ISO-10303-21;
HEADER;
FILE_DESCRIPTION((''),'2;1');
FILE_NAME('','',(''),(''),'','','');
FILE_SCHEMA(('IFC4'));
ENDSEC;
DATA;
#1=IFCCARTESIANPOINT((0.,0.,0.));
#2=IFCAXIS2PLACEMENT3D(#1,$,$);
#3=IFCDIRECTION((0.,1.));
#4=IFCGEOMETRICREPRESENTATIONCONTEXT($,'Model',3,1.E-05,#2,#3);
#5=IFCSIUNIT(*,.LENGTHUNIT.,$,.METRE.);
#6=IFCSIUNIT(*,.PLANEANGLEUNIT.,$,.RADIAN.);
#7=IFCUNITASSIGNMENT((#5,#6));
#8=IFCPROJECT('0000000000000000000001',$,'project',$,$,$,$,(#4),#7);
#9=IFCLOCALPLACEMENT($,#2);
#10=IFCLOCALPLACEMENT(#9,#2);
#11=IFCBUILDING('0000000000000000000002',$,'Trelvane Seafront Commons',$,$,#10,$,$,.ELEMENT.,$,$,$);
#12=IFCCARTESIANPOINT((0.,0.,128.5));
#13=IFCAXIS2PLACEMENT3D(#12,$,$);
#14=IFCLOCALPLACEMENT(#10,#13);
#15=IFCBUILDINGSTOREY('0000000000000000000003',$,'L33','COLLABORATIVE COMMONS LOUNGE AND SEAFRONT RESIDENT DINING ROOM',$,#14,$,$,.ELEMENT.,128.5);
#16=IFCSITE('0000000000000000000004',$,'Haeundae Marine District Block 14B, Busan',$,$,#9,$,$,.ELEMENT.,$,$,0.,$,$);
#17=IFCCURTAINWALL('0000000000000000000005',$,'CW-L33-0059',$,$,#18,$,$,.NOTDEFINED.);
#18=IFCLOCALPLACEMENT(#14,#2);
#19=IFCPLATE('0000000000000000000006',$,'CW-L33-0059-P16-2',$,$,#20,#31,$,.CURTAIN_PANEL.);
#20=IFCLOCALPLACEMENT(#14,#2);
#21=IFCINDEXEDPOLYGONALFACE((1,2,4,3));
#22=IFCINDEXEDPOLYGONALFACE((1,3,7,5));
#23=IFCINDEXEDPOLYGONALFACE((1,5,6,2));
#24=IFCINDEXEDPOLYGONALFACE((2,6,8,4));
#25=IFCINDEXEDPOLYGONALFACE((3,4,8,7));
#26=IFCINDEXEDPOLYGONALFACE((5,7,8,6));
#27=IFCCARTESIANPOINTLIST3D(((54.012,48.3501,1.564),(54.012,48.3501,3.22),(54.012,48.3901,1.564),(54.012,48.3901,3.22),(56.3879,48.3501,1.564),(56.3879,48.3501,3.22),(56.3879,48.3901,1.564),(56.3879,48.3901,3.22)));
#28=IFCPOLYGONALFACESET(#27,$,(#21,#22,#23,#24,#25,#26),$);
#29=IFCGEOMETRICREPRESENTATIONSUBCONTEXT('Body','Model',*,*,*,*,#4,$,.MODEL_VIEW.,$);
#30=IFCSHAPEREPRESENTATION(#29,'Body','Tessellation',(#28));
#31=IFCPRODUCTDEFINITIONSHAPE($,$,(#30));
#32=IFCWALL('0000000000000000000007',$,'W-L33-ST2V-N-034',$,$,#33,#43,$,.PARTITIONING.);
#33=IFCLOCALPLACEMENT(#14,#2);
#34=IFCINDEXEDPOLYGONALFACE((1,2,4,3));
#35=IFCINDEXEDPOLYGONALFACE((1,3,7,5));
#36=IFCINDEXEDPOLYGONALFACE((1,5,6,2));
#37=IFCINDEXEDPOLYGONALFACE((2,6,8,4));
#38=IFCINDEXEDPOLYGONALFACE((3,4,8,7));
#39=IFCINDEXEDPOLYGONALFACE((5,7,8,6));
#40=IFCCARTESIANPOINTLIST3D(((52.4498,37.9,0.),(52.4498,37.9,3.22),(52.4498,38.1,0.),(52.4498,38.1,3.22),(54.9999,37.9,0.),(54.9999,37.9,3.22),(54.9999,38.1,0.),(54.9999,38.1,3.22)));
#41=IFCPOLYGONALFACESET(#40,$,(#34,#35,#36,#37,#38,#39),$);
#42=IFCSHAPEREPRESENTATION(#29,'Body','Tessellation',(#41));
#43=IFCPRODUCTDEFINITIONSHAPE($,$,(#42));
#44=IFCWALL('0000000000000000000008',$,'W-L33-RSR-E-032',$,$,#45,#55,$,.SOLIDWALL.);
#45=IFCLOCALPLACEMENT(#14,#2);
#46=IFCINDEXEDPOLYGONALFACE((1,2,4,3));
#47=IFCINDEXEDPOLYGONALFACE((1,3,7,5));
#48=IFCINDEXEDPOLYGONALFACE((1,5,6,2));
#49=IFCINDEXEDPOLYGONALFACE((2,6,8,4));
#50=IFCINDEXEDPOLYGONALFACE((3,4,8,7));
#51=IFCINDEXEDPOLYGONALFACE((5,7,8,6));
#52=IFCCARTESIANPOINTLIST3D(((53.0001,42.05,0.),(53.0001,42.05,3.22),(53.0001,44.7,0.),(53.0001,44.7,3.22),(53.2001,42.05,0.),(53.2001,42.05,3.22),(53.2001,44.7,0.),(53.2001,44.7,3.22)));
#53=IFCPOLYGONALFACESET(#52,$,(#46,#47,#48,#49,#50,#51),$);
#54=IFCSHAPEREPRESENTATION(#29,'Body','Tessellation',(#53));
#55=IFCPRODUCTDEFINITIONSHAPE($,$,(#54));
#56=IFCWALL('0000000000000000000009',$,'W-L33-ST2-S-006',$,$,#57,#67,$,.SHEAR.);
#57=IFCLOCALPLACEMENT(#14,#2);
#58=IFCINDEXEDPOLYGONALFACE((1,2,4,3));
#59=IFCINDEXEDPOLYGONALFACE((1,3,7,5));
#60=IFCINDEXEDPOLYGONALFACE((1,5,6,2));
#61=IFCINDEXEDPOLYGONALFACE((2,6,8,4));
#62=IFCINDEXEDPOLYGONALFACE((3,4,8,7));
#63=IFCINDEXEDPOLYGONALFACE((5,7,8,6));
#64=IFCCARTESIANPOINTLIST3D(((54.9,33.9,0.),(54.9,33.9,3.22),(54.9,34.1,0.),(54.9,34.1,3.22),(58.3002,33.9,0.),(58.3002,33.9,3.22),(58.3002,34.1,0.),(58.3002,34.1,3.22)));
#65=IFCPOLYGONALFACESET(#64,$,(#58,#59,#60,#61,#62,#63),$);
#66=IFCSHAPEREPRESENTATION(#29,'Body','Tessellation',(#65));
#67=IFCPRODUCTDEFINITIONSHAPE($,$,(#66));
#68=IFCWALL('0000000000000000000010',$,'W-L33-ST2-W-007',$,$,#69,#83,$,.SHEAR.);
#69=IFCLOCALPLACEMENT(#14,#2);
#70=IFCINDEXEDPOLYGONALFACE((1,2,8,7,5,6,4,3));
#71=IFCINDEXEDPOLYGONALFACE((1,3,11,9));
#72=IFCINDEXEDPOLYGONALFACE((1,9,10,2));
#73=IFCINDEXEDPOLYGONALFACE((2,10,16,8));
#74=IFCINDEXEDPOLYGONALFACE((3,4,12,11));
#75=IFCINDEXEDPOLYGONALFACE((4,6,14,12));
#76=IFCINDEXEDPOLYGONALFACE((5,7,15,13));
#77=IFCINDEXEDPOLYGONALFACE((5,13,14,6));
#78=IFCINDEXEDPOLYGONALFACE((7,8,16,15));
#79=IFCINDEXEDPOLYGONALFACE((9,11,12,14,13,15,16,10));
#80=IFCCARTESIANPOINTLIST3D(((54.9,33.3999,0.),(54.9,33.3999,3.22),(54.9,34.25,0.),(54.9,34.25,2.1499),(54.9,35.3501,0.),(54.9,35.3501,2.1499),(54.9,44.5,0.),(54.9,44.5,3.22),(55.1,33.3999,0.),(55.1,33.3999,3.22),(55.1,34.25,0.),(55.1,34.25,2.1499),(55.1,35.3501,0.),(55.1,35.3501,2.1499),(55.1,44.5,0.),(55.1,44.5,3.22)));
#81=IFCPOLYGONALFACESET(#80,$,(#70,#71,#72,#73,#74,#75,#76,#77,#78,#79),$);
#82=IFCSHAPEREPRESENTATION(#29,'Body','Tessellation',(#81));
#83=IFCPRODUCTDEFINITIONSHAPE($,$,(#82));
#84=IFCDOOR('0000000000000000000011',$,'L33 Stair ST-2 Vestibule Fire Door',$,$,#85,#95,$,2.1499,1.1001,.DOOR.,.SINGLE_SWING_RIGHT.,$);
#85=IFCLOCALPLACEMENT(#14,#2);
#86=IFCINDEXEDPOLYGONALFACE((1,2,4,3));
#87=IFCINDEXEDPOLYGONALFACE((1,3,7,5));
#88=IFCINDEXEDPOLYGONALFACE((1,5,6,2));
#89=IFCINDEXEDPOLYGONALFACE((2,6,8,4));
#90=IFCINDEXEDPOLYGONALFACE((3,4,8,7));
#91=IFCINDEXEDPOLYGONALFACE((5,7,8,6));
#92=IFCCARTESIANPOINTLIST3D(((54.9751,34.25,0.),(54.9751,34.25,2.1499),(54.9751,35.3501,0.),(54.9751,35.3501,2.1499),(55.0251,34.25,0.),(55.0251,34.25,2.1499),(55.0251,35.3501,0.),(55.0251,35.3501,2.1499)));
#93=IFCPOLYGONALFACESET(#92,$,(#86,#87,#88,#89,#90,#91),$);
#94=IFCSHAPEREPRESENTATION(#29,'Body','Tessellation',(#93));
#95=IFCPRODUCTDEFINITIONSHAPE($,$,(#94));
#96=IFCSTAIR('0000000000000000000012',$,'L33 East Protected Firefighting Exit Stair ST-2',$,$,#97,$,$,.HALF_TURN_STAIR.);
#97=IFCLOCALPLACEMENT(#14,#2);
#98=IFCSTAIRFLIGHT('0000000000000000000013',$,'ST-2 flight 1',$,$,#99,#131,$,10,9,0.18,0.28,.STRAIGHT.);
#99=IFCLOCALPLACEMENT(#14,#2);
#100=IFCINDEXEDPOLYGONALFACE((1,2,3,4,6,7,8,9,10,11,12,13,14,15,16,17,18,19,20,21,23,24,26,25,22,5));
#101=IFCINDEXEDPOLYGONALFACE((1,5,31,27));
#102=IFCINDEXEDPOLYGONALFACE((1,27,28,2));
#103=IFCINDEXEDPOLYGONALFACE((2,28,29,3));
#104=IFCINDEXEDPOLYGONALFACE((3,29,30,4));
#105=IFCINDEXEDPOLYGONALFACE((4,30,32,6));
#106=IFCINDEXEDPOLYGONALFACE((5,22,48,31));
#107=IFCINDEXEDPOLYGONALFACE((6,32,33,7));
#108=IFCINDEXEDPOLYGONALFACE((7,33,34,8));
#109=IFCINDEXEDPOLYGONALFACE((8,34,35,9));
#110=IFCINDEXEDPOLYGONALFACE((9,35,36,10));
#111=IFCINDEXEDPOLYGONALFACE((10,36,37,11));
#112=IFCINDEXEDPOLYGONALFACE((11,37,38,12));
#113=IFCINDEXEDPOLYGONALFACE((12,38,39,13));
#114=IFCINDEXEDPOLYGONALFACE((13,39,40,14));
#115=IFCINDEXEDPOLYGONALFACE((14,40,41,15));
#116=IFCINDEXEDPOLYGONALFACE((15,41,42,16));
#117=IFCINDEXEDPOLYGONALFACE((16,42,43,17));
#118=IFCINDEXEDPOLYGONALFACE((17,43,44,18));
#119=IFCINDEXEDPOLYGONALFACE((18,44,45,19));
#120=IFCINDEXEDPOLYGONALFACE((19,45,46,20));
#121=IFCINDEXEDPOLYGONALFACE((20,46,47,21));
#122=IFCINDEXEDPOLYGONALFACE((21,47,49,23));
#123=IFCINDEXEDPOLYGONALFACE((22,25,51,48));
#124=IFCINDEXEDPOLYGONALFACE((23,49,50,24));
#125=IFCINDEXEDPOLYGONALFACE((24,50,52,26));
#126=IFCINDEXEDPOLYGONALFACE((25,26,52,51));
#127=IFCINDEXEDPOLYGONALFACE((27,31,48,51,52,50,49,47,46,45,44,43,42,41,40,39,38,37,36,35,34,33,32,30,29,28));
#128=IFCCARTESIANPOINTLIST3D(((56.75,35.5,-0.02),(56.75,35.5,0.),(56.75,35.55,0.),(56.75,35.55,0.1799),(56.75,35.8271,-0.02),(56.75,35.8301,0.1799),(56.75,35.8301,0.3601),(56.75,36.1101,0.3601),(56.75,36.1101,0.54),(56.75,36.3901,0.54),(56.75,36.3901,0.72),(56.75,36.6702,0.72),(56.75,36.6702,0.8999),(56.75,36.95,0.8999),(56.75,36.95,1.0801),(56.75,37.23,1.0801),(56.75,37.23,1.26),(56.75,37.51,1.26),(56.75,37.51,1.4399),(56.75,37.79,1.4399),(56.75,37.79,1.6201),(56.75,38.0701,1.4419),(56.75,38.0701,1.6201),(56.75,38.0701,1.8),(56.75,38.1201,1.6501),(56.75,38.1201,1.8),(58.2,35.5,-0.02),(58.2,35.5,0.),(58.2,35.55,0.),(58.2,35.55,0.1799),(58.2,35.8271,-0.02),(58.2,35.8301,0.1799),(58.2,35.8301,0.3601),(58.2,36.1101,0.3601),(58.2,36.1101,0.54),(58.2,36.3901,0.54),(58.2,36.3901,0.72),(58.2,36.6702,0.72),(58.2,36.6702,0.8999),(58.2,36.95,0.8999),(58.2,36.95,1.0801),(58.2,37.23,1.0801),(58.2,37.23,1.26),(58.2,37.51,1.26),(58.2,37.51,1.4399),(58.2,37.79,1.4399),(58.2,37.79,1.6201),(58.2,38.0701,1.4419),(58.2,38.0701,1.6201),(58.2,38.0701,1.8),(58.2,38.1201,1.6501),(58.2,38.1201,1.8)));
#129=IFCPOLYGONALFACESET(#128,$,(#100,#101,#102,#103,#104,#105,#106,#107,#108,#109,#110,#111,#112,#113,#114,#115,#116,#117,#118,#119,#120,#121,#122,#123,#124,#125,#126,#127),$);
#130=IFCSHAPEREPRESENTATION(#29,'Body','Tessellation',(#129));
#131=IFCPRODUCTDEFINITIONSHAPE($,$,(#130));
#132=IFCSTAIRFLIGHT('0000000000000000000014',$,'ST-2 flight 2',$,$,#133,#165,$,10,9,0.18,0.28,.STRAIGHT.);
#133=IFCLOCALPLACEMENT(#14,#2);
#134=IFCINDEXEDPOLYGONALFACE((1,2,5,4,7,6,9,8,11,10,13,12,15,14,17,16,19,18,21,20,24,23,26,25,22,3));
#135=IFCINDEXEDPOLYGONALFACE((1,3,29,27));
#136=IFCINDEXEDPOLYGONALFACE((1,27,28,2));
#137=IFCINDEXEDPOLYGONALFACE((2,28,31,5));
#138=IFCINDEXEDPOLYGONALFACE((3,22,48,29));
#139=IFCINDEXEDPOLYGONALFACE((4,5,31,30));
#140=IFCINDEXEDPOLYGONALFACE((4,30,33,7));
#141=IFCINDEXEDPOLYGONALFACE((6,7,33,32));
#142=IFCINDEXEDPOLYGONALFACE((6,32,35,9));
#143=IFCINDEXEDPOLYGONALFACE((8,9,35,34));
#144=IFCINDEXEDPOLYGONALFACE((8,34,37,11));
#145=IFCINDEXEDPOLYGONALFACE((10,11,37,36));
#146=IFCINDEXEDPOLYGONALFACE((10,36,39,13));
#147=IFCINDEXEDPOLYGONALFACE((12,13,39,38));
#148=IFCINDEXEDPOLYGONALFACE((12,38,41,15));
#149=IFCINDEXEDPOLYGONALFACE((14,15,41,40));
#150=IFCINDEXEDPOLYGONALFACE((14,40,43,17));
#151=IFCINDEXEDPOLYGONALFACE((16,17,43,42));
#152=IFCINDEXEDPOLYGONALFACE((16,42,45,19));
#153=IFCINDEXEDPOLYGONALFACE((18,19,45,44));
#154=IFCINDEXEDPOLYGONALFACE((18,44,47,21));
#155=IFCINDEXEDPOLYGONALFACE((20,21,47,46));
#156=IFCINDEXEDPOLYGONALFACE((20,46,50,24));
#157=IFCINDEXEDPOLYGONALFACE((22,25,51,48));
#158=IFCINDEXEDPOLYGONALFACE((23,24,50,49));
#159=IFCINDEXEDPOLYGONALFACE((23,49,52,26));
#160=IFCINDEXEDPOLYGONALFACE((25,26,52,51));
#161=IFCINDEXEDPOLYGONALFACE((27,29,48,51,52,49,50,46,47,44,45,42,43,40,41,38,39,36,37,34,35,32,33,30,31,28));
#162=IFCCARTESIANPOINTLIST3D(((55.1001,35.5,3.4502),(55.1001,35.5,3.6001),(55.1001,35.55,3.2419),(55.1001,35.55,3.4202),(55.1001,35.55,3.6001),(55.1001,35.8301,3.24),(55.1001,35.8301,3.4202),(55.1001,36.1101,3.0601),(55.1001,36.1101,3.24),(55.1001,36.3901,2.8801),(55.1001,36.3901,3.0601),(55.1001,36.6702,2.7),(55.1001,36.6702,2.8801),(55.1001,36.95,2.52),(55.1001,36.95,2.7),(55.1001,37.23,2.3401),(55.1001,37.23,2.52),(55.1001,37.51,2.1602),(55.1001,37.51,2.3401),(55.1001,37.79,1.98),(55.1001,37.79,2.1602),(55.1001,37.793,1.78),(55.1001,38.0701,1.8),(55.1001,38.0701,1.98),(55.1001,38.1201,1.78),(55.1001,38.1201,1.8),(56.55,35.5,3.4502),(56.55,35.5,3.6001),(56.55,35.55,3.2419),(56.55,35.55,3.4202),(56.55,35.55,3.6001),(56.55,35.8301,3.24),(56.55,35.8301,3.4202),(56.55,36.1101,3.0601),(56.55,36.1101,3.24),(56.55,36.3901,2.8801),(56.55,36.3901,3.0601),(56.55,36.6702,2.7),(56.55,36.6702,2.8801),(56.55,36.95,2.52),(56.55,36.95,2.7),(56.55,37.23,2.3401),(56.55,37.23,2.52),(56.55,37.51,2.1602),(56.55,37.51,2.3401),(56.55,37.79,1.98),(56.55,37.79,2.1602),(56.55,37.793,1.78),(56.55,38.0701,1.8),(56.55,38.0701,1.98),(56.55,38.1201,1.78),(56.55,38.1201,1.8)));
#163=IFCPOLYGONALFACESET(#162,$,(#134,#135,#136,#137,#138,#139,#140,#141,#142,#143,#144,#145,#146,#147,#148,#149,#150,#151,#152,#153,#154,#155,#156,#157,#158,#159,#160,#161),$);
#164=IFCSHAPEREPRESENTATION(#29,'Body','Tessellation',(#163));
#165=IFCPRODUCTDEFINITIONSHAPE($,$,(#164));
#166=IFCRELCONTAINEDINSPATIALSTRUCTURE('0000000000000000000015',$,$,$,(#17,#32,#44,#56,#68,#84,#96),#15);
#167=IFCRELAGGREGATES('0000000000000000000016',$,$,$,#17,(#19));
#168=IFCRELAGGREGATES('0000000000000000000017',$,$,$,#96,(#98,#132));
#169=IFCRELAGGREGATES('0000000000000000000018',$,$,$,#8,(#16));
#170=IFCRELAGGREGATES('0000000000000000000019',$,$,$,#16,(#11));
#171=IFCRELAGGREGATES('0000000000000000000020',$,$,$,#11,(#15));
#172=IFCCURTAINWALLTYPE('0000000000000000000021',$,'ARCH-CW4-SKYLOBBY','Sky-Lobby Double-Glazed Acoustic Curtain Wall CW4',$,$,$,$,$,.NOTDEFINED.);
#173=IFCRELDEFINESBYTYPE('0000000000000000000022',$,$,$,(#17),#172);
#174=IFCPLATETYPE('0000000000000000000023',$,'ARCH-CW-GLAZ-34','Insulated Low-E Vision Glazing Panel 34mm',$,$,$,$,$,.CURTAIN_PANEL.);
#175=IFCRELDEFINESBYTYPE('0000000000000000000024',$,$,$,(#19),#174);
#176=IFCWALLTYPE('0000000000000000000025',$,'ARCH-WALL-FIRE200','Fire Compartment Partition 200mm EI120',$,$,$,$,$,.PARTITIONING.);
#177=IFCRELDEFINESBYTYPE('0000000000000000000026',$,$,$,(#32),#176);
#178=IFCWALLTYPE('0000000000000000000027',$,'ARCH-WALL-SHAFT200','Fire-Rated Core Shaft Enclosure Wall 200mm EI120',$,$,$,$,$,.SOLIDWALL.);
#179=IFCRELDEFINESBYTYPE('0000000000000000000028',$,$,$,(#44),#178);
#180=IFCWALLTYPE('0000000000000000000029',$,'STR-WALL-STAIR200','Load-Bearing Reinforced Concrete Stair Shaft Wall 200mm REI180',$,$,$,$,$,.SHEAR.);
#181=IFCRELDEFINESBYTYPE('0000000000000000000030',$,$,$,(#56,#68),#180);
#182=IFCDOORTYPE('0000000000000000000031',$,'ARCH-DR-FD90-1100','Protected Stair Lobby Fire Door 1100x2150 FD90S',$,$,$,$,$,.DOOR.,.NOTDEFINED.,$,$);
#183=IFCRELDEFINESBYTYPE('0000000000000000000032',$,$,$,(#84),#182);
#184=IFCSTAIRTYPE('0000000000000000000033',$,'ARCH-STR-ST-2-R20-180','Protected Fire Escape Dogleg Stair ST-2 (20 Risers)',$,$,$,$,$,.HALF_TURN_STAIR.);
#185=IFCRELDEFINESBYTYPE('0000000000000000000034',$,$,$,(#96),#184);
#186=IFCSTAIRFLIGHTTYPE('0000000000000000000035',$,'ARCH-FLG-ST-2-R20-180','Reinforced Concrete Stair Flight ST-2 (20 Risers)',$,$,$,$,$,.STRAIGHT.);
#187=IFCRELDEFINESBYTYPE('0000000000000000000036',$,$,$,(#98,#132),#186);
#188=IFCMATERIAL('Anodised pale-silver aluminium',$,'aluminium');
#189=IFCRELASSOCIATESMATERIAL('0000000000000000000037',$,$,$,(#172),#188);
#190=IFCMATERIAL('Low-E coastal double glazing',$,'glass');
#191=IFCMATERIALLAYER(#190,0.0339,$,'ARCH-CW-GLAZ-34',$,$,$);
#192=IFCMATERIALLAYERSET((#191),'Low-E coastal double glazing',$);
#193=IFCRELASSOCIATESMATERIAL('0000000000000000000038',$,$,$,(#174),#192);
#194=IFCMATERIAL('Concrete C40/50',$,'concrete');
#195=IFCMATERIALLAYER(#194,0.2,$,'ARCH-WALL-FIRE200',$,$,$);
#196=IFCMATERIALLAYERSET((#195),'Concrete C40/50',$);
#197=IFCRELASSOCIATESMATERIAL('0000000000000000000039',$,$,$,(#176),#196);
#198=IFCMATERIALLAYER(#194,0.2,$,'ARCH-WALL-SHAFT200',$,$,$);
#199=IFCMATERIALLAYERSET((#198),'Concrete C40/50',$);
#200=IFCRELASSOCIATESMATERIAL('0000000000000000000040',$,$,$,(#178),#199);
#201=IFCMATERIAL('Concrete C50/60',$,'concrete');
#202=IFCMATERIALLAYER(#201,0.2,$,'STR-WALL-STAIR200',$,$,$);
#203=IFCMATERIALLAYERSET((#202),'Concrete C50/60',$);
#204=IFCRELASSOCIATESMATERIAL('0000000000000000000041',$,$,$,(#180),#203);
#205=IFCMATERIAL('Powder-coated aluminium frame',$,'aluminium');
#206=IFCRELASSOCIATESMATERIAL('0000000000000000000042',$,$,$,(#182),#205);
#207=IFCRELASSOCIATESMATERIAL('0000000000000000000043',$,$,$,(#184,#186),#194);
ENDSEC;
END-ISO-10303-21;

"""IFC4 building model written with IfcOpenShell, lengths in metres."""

from ifc_helpers import new_model, si_unit, direction, frame, frame_2d, origin, origin_2d, place, context, subcontext, project, spatial, polyline, rectangle, outline, extrude, source, transform, mapped, material, layer, layer_set, type_object, element, fill, aggregate, save


model = new_model("IFC4")

# Units and contexts
model_context = context("Model", 3, precision=1e-05, world=origin(), true_north=direction((0.0, 1.0)))
body_context = subcontext(model_context, "Body", "Model", "MODEL_VIEW")
ifc_project = project(units=[si_unit("LENGTHUNIT", "METRE"), si_unit("PLANEANGLEUNIT", "RADIAN")], contexts=[model_context])

# Site, building, storey
site_placement = place(None, origin())
site = spatial("IfcSite", under=ifc_project, at=site_placement, Name="Haeundae Marine District Block 14B, Busan", CompositionType="ELEMENT", RefElevation=0.0)
building_placement = place(site_placement, origin())
building = spatial("IfcBuilding", under=site, at=building_placement, Name="Trelvane Seafront Commons", CompositionType="ELEMENT")
storey_placement = place(building_placement, frame((0.0, 0.0, 128.5)))
storey = spatial("IfcBuildingStorey", under=building, at=storey_placement, Name="L33", Description="COLLABORATIVE COMMONS LOUNGE AND SEAFRONT RESIDENT DINING ROOM", CompositionType="ELEMENT", Elevation=128.5)

# Curtain wall
ifc_material_1 = material(Name="Anodised pale-silver aluminium", Category="aluminium")
curtain_wall_type = type_object("IfcCurtainWallType", Name="ARCH-CW4-SKYLOBBY", Description="Sky-Lobby Double-Glazed Acoustic Curtain Wall CW4", PredefinedType="NOTDEFINED", material=ifc_material_1)
curtain_wall_placement = place(storey_placement, origin())
curtain_wall = element("IfcCurtainWall", 1, at=curtain_wall_placement, inside=storey, type_object=curtain_wall_type, Name="CW-L33-0059", PredefinedType="NOTDEFINED")

# Plate
ifc_material_2 = material(Name="Low-E coastal double glazing", Category="glass")
ifc_layer_1 = layer(ifc_material_2, 0.0339, Name="ARCH-CW-GLAZ-34")
ifc_layer_set_1 = layer_set([ifc_layer_1], Name="Low-E coastal double glazing")
plate_type_1 = type_object("IfcPlateType", Name="ARCH-CW-GLAZ-34", Description="Insulated Low-E Vision Glazing Panel 34mm", PredefinedType="CURTAIN_PANEL", material=ifc_layer_set_1)
shared_shape_1 = source(origin(), body_context, "Body", "SweptSolid", [
    extrude(rectangle(XDim=2.376, YDim=0.04, at=origin_2d()), origin(), (0.0, 0.0, 1.0), 1.656),
])
plate_1_placement = place(storey_placement, frame((55.2, 48.3701, 1.564), z_axis=(0.0, 0.0, 1.0), x_axis=(1.0, 0.0, 0.0)))
plate_1 = element("IfcPlate", 2, at=plate_1_placement, type_object=plate_type_1, Name="CW-L33-0059-P16-2", PredefinedType="CURTAIN_PANEL", context=body_context, shape_type="MappedRepresentation", body=[
    mapped(shared_shape_1, transform((0.0, 0.0, 0.0), x_axis=(1.0, 0.0, 0.0), y_axis=(0.0, 1.0, 0.0), z_axis=(0.0, 0.0, 1.0), scale=1.0)),
])
aggregate(curtain_wall, [plate_1])

# Walls
ifc_material_3 = material(Name="Concrete C40/50", Category="concrete")
ifc_layer_2 = layer(ifc_material_3, 0.2, Name="ARCH-WALL-FIRE200")
ifc_layer_set_2 = layer_set([ifc_layer_2], Name="Concrete C40/50")
wall_type_1 = type_object("IfcWallType", Name="ARCH-WALL-FIRE200", Description="Fire Compartment Partition 200mm EI120", PredefinedType="PARTITIONING", material=ifc_layer_set_2)
wall_1_placement = place(storey_placement, frame((52.45, 38.0, 0.0), z_axis=(0.0, 0.0, 1.0), x_axis=(1.0, 0.0, 0.0)))
element("IfcWall", 3, at=wall_1_placement, inside=storey, type_object=wall_type_1, Name="W-L33-ST2V-N-034", PredefinedType="PARTITIONING", context=body_context, shape_type="SweptSolid", body=[
    extrude(rectangle(XDim=2.55, YDim=0.2, at=frame_2d((1.2749, 0.0))), origin(), (0.0, 0.0, 1.0), 3.22),
])
ifc_layer_3 = layer(ifc_material_3, 0.2, Name="ARCH-WALL-SHAFT200")
ifc_layer_set_3 = layer_set([ifc_layer_3], Name="Concrete C40/50")
wall_type_2 = type_object("IfcWallType", Name="ARCH-WALL-SHAFT200", Description="Fire-Rated Core Shaft Enclosure Wall 200mm EI120", PredefinedType="SOLIDWALL", material=ifc_layer_set_3)
wall_2_placement = place(storey_placement, frame((53.1001, 42.05, 0.0), z_axis=(0.0, 0.0, 1.0), x_axis=(0.0, 1.0, 0.0)))
element("IfcWall", 4, at=wall_2_placement, inside=storey, type_object=wall_type_2, Name="W-L33-RSR-E-032", PredefinedType="SOLIDWALL", context=body_context, shape_type="SweptSolid", body=[
    extrude(rectangle(XDim=2.6499, YDim=0.2, at=frame_2d((1.325, 0.0))), origin(), (0.0, 0.0, 1.0), 3.22),
])
ifc_material_4 = material(Name="Concrete C50/60", Category="concrete")
ifc_layer_4 = layer(ifc_material_4, 0.2, Name="STR-WALL-STAIR200")
ifc_layer_set_4 = layer_set([ifc_layer_4], Name="Concrete C50/60")
wall_type_3 = type_object("IfcWallType", Name="STR-WALL-STAIR200", Description="Load-Bearing Reinforced Concrete Stair Shaft Wall 200mm REI180", PredefinedType="SHEAR", material=ifc_layer_set_4)
wall_3_placement = place(storey_placement, frame((54.8999, 34.0, 0.0), z_axis=(0.0, 0.0, 1.0), x_axis=(1.0, 0.0, 0.0)))
element("IfcWall", 5, at=wall_3_placement, inside=storey, type_object=wall_type_3, Name="W-L33-ST2-S-006", PredefinedType="SHEAR", context=body_context, shape_type="SweptSolid", body=[
    extrude(rectangle(XDim=3.4001, YDim=0.2, at=frame_2d((1.7002, 0.0))), origin(), (0.0, 0.0, 1.0), 3.22),
])

# Wall, opening, door
wall_4_placement = place(storey_placement, frame((55.0, 33.3999, 0.0), z_axis=(0.0, 0.0, 1.0), x_axis=(0.0, 1.0, 0.0)))
wall_4 = element("IfcWall", 6, at=wall_4_placement, inside=storey, type_object=wall_type_3, Name="W-L33-ST2-W-007", PredefinedType="SHEAR", context=body_context, shape_type="SweptSolid", body=[
    extrude(rectangle(XDim=11.1001, YDim=0.2, at=frame_2d((5.55, 0.0))), origin(), (0.0, 0.0, 1.0), 3.22),
])
opening_placement = place(wall_4_placement, frame((0.8501, 0.0, 0.0)))
opening = element("IfcOpeningElement", 7, at=opening_placement, cuts=wall_4, PredefinedType="OPENING", context=body_context, shape_type="SweptSolid", body=[
    extrude(rectangle(XDim=1.1001, YDim=2.1499, at=frame_2d((0.55, 1.075))), frame((0.0, 0.1099, 0.0), z_axis=(0.0, -1.0, 0.0), x_axis=(1.0, 0.0, 0.0)), (0.0, 0.0, 1.0), 0.22),
])
ifc_material_5 = material(Name="Powder-coated aluminium frame", Category="aluminium")
door_type = type_object("IfcDoorType", Name="ARCH-DR-FD90-1100", Description="Protected Stair Lobby Fire Door 1100x2150 FD90S", OperationType="NOTDEFINED", PredefinedType="DOOR", material=ifc_material_5)
shared_shape_2 = source(origin(), body_context, "Body", "SweptSolid", [
    extrude(rectangle(XDim=1.1001, YDim=2.1499, at=frame_2d((0.55, 1.075))), frame((0.0, 0.0249, 0.0), z_axis=(0.0, -1.0, 0.0), x_axis=(1.0, 0.0, 0.0)), (0.0, 0.0, 1.0), 0.05),
])
door_placement = place(opening_placement, origin())
door = element("IfcDoor", 8, at=door_placement, inside=storey, type_object=door_type, Name="L33 Stair ST-2 Vestibule Fire Door", OperationType="SINGLE_SWING_RIGHT", OverallHeight=2.1499, OverallWidth=1.1001, PredefinedType="DOOR", context=body_context, shape_type="MappedRepresentation", body=[
    mapped(shared_shape_2, transform((0.0, 0.0, 0.0), x_axis=(1.0, 0.0, 0.0), y_axis=(0.0, 1.0, 0.0), z_axis=(0.0, 0.0, 1.0), scale=1.0)),
])
fill(opening, door)

# Stair, stair flights
stair_type = type_object("IfcStairType", Name="ARCH-STR-ST-2-R20-180", Description="Protected Fire Escape Dogleg Stair ST-2 (20 Risers)", PredefinedType="HALF_TURN_STAIR", material=ifc_material_3)
stair_placement = place(storey_placement, origin())
stair = element("IfcStair", 9, at=stair_placement, inside=storey, type_object=stair_type, Name="L33 East Protected Firefighting Exit Stair ST-2", PredefinedType="HALF_TURN_STAIR")
stair_flight_type = type_object("IfcStairFlightType", Name="ARCH-FLG-ST-2-R20-180", Description="Reinforced Concrete Stair Flight ST-2 (20 Risers)", PredefinedType="STRAIGHT", material=ifc_material_3)
shared_shape_3 = source(origin(), body_context, "Body", "SweptSolid", [
    extrude(outline(polyline([(-0.05, -0.02), (-0.05, 0.0), (0.0, 0.0), (0.0, 0.1799), (0.28, 0.1799), (0.28, 0.3601), (0.5601, 0.3601), (0.5601, 0.54), (0.8401, 0.54), (0.8401, 0.72), (1.1201, 0.72), (1.1201, 0.8999), (1.3999, 0.8999), (1.3999, 1.0801), (1.6799, 1.0801), (1.6799, 1.26), (1.96, 1.26), (1.96, 1.4399), (2.24, 1.4399), (2.24, 1.6201), (2.52, 1.6201), (2.52, 1.8), (2.5701, 1.8), (2.5701, 1.6501), (2.52, 1.4419), (0.2771, -0.02), (-0.05, -0.02)])), frame((0.0, 0.7251, 0.0), z_axis=(0.0, -1.0, 0.0), x_axis=(1.0, 0.0, 0.0)), (0.0, 0.0, 1.0), 1.45),
])
stair_flight_1_placement = place(storey_placement, frame((57.4751, 35.55, 0.0), z_axis=(0.0, 0.0, 1.0), x_axis=(0.0, 1.0, 0.0)))
stair_flight_1 = element("IfcStairFlight", 10, at=stair_flight_1_placement, type_object=stair_flight_type, Name="ST-2 flight 1", NumberOfRisers=10, NumberOfTreads=9, PredefinedType="STRAIGHT", RiserHeight=0.18, TreadLength=0.28, context=body_context, shape_type="MappedRepresentation", body=[
    mapped(shared_shape_3, transform((0.0, 0.0, 0.0), x_axis=(1.0, 0.0, 0.0), y_axis=(0.0, 1.0, 0.0), z_axis=(0.0, 0.0, 1.0), scale=1.0)),
])
stair_flight_2_placement = place(storey_placement, frame((55.825, 38.0701, 1.8), z_axis=(0.0, 0.0, 1.0), x_axis=(0.0, -1.0, 0.0)))
stair_flight_2 = element("IfcStairFlight", 11, at=stair_flight_2_placement, type_object=stair_flight_type, Name="ST-2 flight 2", NumberOfRisers=10, NumberOfTreads=9, PredefinedType="STRAIGHT", RiserHeight=0.18, TreadLength=0.28, context=body_context, shape_type="MappedRepresentation", body=[
    mapped(shared_shape_3, transform((0.0, 0.0, 0.0), x_axis=(1.0, 0.0, 0.0), y_axis=(0.0, 1.0, 0.0), z_axis=(0.0, 0.0, 1.0), scale=1.0)),
])
aggregate(stair, [stair_flight_1, stair_flight_2])

save(model, "model.ifc")
